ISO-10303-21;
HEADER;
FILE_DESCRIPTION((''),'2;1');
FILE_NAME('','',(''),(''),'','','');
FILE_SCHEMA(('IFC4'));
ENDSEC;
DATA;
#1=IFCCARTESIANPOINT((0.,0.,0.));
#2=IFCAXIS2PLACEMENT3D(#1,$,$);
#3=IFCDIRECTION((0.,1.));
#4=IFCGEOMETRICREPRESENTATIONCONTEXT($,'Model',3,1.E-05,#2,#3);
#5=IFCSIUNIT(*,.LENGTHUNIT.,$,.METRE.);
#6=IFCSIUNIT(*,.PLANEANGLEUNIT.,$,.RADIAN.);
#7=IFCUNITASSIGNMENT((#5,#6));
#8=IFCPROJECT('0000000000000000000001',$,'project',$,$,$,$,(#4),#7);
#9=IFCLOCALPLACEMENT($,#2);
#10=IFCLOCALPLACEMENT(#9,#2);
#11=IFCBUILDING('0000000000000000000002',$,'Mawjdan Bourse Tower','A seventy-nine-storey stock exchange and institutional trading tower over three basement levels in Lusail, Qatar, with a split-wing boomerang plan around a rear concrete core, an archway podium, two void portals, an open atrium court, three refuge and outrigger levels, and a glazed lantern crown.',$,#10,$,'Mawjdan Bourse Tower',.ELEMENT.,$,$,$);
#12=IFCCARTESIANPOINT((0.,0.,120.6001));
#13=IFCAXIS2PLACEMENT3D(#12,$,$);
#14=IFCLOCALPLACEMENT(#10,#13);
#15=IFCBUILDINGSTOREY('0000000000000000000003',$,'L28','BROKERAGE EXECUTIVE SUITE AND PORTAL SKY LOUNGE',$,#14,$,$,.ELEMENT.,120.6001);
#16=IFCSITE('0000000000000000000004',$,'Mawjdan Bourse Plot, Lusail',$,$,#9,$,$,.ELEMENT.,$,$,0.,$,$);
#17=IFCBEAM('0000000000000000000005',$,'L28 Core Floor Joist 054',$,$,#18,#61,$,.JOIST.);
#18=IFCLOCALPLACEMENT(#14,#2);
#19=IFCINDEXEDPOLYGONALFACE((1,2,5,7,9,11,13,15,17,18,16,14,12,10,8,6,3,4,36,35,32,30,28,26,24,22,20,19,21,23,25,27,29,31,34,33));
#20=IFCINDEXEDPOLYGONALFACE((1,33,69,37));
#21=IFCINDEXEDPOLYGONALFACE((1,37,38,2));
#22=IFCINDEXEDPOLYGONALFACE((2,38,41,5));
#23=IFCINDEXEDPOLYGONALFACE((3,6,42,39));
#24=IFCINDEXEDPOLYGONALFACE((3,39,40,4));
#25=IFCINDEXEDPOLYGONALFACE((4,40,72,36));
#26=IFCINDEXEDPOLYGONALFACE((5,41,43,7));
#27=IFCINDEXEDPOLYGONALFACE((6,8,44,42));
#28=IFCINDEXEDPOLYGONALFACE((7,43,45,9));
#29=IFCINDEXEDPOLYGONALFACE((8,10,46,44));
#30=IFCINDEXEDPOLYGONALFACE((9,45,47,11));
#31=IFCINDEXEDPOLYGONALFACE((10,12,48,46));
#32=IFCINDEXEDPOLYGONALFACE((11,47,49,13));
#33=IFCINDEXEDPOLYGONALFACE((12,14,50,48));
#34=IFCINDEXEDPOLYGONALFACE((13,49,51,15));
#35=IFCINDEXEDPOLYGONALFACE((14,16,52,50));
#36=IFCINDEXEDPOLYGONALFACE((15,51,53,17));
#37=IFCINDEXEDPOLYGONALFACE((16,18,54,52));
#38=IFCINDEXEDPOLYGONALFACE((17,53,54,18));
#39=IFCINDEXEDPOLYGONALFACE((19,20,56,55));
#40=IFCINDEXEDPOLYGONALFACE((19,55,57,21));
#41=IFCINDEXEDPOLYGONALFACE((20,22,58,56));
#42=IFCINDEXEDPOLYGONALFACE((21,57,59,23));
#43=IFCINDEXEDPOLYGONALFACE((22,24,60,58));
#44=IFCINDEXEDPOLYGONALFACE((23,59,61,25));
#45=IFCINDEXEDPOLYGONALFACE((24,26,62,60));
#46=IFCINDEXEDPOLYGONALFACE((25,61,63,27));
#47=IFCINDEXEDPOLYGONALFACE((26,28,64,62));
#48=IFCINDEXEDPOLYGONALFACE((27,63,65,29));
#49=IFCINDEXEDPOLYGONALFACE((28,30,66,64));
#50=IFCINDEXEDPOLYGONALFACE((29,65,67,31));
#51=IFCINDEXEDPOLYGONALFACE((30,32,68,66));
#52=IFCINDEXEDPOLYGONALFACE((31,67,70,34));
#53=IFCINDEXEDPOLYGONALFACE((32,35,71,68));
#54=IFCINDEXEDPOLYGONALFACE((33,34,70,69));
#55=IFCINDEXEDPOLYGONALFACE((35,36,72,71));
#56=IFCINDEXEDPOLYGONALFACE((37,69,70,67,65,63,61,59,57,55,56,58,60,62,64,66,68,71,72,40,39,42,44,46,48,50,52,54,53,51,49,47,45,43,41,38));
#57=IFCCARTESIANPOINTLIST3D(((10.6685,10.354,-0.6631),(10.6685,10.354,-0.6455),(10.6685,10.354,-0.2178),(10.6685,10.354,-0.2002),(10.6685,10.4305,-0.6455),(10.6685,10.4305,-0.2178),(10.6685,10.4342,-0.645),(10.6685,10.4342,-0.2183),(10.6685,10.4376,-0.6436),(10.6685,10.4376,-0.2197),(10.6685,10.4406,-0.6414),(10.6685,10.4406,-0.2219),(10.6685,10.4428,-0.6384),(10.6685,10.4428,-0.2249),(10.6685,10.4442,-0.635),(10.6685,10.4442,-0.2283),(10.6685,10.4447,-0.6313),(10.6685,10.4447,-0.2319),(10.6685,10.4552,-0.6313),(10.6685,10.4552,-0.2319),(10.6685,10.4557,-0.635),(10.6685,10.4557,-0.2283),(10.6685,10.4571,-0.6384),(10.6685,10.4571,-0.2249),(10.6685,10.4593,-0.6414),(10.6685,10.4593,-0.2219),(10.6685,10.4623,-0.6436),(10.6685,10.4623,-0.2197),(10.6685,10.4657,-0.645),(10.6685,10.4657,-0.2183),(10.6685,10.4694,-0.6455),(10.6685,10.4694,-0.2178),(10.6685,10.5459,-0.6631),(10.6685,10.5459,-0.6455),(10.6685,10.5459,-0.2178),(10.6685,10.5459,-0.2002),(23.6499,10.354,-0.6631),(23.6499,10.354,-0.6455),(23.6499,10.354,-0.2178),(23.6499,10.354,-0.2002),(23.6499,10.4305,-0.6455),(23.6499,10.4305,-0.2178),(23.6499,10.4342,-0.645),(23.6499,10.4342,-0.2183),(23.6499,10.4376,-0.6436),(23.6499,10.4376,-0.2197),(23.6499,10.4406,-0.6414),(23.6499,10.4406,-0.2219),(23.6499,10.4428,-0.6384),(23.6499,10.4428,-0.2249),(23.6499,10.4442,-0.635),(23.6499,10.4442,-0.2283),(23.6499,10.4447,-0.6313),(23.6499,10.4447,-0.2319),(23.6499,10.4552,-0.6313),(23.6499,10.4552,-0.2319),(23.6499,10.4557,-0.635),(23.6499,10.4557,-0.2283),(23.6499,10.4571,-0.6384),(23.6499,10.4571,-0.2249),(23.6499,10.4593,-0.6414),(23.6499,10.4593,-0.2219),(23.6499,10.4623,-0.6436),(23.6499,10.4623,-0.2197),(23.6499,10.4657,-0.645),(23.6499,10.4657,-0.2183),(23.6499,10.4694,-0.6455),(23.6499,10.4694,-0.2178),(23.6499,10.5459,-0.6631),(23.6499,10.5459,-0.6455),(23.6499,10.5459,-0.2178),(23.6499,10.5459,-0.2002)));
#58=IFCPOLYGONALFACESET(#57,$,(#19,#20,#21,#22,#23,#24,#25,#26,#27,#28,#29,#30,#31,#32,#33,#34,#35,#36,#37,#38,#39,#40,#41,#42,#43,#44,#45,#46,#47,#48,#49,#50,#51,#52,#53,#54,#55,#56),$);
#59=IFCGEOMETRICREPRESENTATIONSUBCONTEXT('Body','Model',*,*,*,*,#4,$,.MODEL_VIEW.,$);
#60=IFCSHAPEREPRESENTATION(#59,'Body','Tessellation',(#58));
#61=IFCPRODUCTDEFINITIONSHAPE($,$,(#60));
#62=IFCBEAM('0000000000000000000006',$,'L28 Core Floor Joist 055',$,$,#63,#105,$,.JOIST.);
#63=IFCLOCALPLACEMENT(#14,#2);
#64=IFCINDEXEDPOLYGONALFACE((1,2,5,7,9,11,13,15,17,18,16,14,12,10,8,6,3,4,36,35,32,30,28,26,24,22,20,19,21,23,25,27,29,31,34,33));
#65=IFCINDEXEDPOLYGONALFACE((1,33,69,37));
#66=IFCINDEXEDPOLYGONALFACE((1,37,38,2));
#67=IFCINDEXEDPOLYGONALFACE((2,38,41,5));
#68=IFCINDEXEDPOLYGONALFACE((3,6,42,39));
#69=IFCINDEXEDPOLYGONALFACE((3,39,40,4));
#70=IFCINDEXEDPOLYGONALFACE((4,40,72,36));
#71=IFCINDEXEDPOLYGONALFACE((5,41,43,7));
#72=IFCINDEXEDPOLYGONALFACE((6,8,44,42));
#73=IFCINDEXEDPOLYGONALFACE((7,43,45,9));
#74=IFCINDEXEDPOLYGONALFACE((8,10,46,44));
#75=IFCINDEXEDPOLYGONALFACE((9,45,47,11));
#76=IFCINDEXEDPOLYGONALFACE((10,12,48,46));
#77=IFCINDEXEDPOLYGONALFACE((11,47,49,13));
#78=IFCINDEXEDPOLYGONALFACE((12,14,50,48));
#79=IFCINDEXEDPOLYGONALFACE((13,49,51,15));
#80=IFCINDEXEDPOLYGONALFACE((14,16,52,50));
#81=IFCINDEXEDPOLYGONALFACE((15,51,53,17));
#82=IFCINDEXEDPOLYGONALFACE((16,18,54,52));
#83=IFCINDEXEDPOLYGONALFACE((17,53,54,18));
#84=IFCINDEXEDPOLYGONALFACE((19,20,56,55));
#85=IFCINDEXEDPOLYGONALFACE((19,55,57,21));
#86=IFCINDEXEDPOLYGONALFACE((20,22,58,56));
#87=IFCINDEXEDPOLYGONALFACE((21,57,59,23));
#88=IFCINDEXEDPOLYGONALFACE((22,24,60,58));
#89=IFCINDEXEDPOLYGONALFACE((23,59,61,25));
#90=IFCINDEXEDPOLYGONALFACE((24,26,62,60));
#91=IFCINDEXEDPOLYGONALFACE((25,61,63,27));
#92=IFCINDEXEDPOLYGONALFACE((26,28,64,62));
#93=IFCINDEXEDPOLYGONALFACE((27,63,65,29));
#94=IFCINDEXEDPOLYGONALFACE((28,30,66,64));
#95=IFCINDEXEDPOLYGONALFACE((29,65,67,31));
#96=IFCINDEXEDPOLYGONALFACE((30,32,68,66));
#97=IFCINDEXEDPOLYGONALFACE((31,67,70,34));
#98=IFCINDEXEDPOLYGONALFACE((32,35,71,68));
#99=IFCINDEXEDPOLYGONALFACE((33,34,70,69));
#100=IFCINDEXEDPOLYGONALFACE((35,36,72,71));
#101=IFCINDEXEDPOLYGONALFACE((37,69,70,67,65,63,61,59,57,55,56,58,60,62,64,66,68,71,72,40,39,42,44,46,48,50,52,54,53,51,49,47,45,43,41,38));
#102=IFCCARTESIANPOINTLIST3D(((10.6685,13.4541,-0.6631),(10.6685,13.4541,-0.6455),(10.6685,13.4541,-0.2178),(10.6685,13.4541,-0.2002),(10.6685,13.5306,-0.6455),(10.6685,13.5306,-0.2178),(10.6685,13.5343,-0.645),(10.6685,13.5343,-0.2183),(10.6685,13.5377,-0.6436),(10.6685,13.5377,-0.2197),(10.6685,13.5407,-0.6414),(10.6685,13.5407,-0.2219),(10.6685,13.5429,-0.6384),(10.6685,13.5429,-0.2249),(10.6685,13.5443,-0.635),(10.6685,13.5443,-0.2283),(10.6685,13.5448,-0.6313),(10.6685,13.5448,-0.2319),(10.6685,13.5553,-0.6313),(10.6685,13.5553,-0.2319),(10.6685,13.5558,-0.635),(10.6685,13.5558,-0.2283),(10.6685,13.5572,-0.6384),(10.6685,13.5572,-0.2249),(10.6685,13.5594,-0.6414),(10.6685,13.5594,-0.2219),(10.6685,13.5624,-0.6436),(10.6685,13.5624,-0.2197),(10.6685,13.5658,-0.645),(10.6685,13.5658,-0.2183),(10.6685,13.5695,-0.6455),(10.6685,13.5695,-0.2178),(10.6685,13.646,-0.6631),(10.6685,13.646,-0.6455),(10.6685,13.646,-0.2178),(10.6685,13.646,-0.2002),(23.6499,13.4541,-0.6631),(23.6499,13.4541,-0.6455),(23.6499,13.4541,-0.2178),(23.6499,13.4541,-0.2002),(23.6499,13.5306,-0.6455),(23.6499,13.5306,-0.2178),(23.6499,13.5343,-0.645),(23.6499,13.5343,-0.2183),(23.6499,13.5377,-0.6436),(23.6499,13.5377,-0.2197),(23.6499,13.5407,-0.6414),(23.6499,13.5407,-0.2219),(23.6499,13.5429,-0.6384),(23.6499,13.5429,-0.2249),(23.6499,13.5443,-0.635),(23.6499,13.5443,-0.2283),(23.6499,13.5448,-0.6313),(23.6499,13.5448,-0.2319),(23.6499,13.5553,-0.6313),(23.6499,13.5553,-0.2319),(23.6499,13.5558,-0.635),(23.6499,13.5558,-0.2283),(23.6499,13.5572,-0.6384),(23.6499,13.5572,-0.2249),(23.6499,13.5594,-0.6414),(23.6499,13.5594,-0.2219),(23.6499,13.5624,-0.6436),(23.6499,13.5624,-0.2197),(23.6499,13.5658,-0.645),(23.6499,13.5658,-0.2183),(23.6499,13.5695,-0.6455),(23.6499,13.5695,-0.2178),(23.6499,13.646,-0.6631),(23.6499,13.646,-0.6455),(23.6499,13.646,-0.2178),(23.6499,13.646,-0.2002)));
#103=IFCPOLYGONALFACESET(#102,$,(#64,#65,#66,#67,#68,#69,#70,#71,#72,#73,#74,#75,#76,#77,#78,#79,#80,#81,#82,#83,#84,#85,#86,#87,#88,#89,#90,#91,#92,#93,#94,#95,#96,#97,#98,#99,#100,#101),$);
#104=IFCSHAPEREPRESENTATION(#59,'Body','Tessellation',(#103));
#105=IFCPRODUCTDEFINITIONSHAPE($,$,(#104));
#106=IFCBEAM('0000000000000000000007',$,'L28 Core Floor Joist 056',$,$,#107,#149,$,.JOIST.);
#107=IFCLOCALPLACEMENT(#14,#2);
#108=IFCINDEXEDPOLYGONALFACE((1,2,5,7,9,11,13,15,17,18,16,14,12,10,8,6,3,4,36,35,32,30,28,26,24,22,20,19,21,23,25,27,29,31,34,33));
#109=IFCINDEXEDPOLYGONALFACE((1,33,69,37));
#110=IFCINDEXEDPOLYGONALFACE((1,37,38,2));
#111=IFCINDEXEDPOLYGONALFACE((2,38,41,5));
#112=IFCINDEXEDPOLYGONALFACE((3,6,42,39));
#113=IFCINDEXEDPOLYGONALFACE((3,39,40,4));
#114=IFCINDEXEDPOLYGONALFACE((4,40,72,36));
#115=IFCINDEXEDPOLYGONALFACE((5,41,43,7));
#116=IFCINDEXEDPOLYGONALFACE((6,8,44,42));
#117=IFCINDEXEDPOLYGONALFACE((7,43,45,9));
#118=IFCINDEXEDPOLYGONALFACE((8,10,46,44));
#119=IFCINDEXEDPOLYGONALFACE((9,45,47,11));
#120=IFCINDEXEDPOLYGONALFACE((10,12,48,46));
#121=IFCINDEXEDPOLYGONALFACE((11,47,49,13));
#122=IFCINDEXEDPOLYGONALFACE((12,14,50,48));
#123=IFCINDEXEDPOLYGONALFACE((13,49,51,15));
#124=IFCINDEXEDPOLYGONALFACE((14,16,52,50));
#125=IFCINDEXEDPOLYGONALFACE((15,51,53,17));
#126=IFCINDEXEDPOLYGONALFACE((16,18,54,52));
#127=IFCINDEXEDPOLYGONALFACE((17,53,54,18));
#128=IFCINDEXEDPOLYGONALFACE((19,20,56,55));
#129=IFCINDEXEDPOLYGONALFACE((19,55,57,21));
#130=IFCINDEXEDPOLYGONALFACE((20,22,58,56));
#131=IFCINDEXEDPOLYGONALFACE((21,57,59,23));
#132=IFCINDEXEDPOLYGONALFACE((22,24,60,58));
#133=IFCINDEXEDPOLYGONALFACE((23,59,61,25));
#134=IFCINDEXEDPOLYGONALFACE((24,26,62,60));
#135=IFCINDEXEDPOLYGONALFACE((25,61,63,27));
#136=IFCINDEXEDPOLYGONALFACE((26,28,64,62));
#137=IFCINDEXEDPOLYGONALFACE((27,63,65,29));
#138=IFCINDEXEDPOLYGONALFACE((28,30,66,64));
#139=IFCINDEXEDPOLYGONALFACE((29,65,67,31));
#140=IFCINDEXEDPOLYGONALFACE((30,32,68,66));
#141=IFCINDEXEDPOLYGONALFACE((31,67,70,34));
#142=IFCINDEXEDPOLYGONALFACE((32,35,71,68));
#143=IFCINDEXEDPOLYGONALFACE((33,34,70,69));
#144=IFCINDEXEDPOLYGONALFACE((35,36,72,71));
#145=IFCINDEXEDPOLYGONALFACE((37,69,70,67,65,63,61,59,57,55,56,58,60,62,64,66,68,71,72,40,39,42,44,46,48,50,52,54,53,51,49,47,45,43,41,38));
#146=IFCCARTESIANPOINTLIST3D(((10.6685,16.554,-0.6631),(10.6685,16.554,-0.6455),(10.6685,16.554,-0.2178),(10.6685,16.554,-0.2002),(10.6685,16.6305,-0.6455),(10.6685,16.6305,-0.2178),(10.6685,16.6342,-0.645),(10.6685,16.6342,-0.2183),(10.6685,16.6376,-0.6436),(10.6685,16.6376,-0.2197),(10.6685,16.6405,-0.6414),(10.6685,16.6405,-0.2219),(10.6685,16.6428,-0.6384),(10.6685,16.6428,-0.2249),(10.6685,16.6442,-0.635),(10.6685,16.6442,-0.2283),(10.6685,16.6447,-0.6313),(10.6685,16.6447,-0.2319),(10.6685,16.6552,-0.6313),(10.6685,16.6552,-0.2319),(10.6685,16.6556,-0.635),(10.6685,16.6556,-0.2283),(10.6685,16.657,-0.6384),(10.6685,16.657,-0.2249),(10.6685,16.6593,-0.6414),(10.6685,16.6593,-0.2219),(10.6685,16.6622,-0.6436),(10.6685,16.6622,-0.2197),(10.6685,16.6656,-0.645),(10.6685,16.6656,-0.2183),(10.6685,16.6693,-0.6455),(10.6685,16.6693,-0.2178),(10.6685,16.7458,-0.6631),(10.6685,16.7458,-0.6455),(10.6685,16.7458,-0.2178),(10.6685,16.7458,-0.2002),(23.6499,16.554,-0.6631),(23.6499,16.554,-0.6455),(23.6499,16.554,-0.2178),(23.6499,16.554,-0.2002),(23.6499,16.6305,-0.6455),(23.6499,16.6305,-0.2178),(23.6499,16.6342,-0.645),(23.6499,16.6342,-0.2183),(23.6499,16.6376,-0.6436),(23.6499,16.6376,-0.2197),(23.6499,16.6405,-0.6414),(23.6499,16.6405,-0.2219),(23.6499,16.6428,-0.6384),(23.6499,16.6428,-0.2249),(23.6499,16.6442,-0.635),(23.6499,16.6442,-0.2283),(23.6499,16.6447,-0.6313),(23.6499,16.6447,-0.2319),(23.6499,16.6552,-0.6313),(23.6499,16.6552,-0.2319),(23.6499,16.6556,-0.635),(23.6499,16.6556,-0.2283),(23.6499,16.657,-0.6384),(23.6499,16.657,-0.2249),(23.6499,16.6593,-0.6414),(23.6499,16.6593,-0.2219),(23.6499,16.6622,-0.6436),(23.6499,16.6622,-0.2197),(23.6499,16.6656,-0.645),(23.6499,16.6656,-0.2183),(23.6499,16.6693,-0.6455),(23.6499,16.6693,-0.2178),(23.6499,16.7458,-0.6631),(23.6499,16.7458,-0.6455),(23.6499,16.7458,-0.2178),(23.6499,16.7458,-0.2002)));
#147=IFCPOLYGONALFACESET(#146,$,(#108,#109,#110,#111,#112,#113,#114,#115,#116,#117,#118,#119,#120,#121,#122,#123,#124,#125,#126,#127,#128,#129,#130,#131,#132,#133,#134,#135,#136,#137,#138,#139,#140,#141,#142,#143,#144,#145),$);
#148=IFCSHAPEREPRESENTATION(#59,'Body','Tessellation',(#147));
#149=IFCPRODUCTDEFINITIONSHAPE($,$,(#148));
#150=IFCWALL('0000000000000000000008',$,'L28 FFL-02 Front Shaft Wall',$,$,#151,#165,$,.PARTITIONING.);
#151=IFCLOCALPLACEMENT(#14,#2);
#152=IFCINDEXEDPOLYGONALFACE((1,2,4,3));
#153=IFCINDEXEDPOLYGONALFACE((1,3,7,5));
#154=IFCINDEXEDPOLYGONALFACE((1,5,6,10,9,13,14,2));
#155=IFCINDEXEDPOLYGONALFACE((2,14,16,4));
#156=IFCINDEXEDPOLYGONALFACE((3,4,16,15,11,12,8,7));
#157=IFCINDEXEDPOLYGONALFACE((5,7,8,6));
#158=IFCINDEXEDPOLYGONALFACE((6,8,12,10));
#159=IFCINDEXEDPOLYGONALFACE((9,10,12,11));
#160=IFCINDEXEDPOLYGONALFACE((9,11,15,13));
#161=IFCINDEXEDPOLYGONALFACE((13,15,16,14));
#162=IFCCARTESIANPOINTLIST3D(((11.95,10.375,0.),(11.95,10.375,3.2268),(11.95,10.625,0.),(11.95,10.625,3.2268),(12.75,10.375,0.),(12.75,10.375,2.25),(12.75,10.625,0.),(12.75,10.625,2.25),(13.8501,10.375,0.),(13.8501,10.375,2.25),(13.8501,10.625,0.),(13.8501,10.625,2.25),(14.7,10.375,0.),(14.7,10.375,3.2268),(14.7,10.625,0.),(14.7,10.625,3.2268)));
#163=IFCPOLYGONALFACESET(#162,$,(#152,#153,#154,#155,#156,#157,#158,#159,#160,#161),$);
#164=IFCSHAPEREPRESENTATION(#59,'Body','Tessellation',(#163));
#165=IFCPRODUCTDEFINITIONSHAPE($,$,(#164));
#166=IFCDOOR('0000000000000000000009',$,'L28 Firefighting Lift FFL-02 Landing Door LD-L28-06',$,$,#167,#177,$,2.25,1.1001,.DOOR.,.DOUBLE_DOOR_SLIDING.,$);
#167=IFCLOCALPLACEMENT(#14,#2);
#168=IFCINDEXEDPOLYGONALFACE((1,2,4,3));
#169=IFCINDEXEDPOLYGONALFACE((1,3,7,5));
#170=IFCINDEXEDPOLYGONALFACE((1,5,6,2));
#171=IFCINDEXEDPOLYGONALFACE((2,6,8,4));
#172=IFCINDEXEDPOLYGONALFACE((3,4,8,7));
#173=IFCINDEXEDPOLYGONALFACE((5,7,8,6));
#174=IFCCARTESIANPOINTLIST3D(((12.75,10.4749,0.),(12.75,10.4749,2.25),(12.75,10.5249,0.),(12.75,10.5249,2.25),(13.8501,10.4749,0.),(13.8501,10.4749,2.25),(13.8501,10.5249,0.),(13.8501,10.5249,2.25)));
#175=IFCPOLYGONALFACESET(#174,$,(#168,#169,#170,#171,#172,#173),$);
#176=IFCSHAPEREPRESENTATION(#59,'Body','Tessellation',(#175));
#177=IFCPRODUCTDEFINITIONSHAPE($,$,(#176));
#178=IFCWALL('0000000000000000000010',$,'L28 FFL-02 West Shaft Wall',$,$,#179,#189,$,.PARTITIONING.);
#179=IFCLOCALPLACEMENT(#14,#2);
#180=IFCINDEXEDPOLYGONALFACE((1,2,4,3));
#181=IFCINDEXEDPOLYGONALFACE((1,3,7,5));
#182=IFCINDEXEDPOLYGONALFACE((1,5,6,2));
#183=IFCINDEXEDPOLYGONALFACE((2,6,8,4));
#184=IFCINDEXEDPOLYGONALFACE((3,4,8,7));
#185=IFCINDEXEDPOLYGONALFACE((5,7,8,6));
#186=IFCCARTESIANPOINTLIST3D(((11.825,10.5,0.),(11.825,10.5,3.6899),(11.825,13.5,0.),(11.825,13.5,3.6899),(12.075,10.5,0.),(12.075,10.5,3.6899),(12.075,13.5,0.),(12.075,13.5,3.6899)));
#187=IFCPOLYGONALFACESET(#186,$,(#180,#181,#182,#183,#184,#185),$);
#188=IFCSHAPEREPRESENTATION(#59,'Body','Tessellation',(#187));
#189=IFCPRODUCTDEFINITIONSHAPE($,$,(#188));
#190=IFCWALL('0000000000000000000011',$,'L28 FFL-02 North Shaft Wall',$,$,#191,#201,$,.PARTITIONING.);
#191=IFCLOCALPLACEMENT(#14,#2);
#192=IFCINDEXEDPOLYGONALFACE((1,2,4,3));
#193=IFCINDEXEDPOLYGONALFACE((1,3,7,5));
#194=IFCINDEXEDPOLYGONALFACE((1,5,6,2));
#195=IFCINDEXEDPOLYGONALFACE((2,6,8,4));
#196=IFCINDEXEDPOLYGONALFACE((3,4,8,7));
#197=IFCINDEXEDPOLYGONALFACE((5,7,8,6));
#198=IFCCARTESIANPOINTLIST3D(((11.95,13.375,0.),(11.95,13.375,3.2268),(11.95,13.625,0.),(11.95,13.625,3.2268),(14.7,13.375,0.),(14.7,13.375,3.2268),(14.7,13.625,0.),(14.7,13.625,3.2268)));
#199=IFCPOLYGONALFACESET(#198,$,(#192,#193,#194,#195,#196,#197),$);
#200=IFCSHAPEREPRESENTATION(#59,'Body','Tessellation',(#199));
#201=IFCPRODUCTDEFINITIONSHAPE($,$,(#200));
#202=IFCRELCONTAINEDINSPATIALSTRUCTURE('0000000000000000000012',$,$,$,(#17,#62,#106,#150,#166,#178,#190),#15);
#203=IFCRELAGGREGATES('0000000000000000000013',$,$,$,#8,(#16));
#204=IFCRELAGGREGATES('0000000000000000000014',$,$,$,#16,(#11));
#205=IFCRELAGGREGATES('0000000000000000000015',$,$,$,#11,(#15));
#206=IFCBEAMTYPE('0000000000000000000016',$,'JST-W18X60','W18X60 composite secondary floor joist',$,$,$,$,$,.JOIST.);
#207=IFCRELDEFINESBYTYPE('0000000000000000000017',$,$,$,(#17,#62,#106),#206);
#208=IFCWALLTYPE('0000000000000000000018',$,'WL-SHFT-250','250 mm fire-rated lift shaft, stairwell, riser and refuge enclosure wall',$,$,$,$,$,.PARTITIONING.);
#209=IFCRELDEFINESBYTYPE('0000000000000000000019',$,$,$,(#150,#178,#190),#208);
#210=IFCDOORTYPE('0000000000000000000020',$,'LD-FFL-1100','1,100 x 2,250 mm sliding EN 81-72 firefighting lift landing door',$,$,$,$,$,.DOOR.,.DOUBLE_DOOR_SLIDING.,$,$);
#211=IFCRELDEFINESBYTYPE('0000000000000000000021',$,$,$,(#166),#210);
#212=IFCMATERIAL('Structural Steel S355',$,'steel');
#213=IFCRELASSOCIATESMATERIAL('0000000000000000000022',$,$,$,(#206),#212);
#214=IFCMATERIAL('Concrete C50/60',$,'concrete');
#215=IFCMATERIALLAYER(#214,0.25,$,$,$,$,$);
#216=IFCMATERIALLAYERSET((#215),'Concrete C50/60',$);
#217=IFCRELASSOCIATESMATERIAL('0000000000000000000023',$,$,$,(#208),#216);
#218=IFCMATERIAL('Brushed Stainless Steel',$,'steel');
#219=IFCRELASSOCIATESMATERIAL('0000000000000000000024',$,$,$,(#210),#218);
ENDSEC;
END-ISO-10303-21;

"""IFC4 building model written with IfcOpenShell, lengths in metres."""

from ifc_helpers import new_model, si_unit, direction, frame, frame_2d, origin, origin_2d, place, context, subcontext, project, spatial, rectangle, i_section, extrude, material, layer, layer_set, material_profile, profile_set, type_object, element, fill, save


model = new_model("IFC4")

# Units and contexts
model_context = context("Model", 3, precision=1e-05, world=origin(), true_north=direction((0.0, 1.0)))
body_context = subcontext(model_context, "Body", "Model", "MODEL_VIEW")
ifc_project = project(units=[si_unit("LENGTHUNIT", "METRE"), si_unit("PLANEANGLEUNIT", "RADIAN")], contexts=[model_context])

# Site, building, storey
site_placement = place(None, origin())
site = spatial("IfcSite", under=ifc_project, at=site_placement, Name="Mawjdan Bourse Plot, Lusail", CompositionType="ELEMENT", RefElevation=0.0)
building_placement = place(site_placement, origin())
building = spatial("IfcBuilding", under=site, at=building_placement, Name="Mawjdan Bourse Tower", Description="A seventy-nine-storey stock exchange and institutional trading tower over three basement levels in Lusail, Qatar, with a split-wing boomerang plan around a rear concrete core, an archway podium, two void portals, an open atrium court, three refuge and outrigger levels, and a glazed lantern crown.", LongName="Mawjdan Bourse Tower", CompositionType="ELEMENT")
storey_placement = place(building_placement, frame((0.0, 0.0, 120.6001)))
storey = spatial("IfcBuildingStorey", under=building, at=storey_placement, Name="L28", Description="BROKERAGE EXECUTIVE SUITE AND PORTAL SKY LOUNGE", CompositionType="ELEMENT", Elevation=120.6001)

# Beams
ifc_material_1 = material(Name="Structural Steel S355", Category="steel")
ifc_material_profile = material_profile(ifc_material_1, i_section(OverallWidth=0.1919, OverallDepth=0.4629, WebThickness=0.0105, FlangeThickness=0.0176, FilletRadius=0.0142, at=origin_2d()), Name="W18X60")
ifc_profile_set = profile_set([ifc_material_profile], Name="Structural Steel S355")
beam_type = type_object("IfcBeamType", Name="JST-W18X60", Description="W18X60 composite secondary floor joist", PredefinedType="JOIST", material=ifc_profile_set)
for number, where, z_axis, x_axis, name in (
    (1, (10.6685, 10.45, -0.4316), (1.0, 0.0, 0.0), (0.0, 1.0, 0.0), "L28 Core Floor Joist 054"),
    (2, (10.6685, 13.55, -0.4316), (1.0, 0.0, 0.0), (0.0, 1.0, 0.0), "L28 Core Floor Joist 055"),
    (3, (10.6685, 16.6499, -0.4316), (1.0, 0.0, 0.0), (0.0, 1.0, 0.0), "L28 Core Floor Joist 056"),
):
    element("IfcBeam", number, at=place(storey_placement, frame(where, z_axis=z_axis, x_axis=x_axis)), inside=storey, type_object=beam_type, Name=name, PredefinedType="JOIST", context=body_context, shape_type="SweptSolid", body=[
        extrude(i_section(OverallWidth=0.1919, OverallDepth=0.4629, WebThickness=0.0105, FlangeThickness=0.0176, FilletRadius=0.0142, at=origin_2d()), origin(), (0.0, 0.0, 1.0), 12.9814),
    ])

# Wall, opening, door
ifc_material_2 = material(Name="Concrete C50/60", Category="concrete")
ifc_layer_1 = layer(ifc_material_2, 0.25)
ifc_layer_set_1 = layer_set([ifc_layer_1], Name="Concrete C50/60")
wall_type_1 = type_object("IfcWallType", Name="WL-SHFT-250", Description="250 mm fire-rated lift shaft, stairwell, riser and refuge enclosure wall", PredefinedType="PARTITIONING", material=ifc_layer_set_1)
wall_1_placement = place(storey_placement, frame((11.95, 10.5, 0.0), z_axis=(0.0, 0.0, 1.0), x_axis=(1.0, 0.0, 0.0)))
wall_1 = element("IfcWall", 4, at=wall_1_placement, inside=storey, type_object=wall_type_1, Name="L28 FFL-02 Front Shaft Wall", PredefinedType="PARTITIONING", context=body_context, shape_type="SweptSolid", body=[
    extrude(rectangle(XDim=2.75, YDim=0.25, at=frame_2d((1.375, 0.0))), origin(), (0.0, 0.0, 1.0), 3.2268),
])
opening_1_placement = place(wall_1_placement, frame((0.8, 0.0, 0.0)))
opening_1 = element("IfcOpeningElement", 5, at=opening_1_placement, cuts=wall_1, PredefinedType="OPENING", context=body_context, shape_type="SweptSolid", body=[
    extrude(rectangle(XDim=1.1001, YDim=2.25, at=frame_2d((0.55, 1.125))), frame((0.0, 0.135, 0.0), z_axis=(0.0, -1.0, 0.0), x_axis=(1.0, 0.0, 0.0)), (0.0, 0.0, 1.0), 0.27),
])
ifc_material_3 = material(Name="Brushed Stainless Steel", Category="steel")
door_type_1 = type_object("IfcDoorType", Name="LD-FFL-1100", Description="1,100 x 2,250 mm sliding EN 81-72 firefighting lift landing door", OperationType="DOUBLE_DOOR_SLIDING", PredefinedType="DOOR", material=ifc_material_3)
door_1_placement = place(opening_1_placement, origin())
door_1 = element("IfcDoor", 6, at=door_1_placement, inside=storey, type_object=door_type_1, Name="L28 Firefighting Lift FFL-02 Landing Door LD-L28-06", OperationType="DOUBLE_DOOR_SLIDING", OverallHeight=2.25, OverallWidth=1.1001, PredefinedType="DOOR", context=body_context, shape_type="SweptSolid", body=[
    extrude(rectangle(XDim=1.1001, YDim=2.25, at=frame_2d((0.55, 1.125))), frame((0.0, 0.0249, 0.0), z_axis=(0.0, -1.0, 0.0), x_axis=(1.0, 0.0, 0.0)), (0.0, 0.0, 1.0), 0.05),
])
fill(opening_1, door_1)

# Walls
wall_2_placement = place(storey_placement, frame((11.95, 10.5, 0.0), z_axis=(0.0, 0.0, 1.0), x_axis=(0.0, 1.0, 0.0)))
element("IfcWall", 7, at=wall_2_placement, inside=storey, type_object=wall_type_1, Name="L28 FFL-02 West Shaft Wall", PredefinedType="PARTITIONING", context=body_context, shape_type="SweptSolid", body=[
    extrude(rectangle(XDim=3.0, YDim=0.25, at=frame_2d((1.5, 0.0))), origin(), (0.0, 0.0, 1.0), 3.6899),
])
wall_3_placement = place(storey_placement, frame((11.95, 13.5, 0.0), z_axis=(0.0, 0.0, 1.0), x_axis=(1.0, 0.0, 0.0)))
element("IfcWall", 8, at=wall_3_placement, inside=storey, type_object=wall_type_1, Name="L28 FFL-02 North Shaft Wall", PredefinedType="PARTITIONING", context=body_context, shape_type="SweptSolid", body=[
    extrude(rectangle(XDim=2.75, YDim=0.25, at=frame_2d((1.375, 0.0))), origin(), (0.0, 0.0, 1.0), 3.2268),
])

save(model, "model.ifc")
